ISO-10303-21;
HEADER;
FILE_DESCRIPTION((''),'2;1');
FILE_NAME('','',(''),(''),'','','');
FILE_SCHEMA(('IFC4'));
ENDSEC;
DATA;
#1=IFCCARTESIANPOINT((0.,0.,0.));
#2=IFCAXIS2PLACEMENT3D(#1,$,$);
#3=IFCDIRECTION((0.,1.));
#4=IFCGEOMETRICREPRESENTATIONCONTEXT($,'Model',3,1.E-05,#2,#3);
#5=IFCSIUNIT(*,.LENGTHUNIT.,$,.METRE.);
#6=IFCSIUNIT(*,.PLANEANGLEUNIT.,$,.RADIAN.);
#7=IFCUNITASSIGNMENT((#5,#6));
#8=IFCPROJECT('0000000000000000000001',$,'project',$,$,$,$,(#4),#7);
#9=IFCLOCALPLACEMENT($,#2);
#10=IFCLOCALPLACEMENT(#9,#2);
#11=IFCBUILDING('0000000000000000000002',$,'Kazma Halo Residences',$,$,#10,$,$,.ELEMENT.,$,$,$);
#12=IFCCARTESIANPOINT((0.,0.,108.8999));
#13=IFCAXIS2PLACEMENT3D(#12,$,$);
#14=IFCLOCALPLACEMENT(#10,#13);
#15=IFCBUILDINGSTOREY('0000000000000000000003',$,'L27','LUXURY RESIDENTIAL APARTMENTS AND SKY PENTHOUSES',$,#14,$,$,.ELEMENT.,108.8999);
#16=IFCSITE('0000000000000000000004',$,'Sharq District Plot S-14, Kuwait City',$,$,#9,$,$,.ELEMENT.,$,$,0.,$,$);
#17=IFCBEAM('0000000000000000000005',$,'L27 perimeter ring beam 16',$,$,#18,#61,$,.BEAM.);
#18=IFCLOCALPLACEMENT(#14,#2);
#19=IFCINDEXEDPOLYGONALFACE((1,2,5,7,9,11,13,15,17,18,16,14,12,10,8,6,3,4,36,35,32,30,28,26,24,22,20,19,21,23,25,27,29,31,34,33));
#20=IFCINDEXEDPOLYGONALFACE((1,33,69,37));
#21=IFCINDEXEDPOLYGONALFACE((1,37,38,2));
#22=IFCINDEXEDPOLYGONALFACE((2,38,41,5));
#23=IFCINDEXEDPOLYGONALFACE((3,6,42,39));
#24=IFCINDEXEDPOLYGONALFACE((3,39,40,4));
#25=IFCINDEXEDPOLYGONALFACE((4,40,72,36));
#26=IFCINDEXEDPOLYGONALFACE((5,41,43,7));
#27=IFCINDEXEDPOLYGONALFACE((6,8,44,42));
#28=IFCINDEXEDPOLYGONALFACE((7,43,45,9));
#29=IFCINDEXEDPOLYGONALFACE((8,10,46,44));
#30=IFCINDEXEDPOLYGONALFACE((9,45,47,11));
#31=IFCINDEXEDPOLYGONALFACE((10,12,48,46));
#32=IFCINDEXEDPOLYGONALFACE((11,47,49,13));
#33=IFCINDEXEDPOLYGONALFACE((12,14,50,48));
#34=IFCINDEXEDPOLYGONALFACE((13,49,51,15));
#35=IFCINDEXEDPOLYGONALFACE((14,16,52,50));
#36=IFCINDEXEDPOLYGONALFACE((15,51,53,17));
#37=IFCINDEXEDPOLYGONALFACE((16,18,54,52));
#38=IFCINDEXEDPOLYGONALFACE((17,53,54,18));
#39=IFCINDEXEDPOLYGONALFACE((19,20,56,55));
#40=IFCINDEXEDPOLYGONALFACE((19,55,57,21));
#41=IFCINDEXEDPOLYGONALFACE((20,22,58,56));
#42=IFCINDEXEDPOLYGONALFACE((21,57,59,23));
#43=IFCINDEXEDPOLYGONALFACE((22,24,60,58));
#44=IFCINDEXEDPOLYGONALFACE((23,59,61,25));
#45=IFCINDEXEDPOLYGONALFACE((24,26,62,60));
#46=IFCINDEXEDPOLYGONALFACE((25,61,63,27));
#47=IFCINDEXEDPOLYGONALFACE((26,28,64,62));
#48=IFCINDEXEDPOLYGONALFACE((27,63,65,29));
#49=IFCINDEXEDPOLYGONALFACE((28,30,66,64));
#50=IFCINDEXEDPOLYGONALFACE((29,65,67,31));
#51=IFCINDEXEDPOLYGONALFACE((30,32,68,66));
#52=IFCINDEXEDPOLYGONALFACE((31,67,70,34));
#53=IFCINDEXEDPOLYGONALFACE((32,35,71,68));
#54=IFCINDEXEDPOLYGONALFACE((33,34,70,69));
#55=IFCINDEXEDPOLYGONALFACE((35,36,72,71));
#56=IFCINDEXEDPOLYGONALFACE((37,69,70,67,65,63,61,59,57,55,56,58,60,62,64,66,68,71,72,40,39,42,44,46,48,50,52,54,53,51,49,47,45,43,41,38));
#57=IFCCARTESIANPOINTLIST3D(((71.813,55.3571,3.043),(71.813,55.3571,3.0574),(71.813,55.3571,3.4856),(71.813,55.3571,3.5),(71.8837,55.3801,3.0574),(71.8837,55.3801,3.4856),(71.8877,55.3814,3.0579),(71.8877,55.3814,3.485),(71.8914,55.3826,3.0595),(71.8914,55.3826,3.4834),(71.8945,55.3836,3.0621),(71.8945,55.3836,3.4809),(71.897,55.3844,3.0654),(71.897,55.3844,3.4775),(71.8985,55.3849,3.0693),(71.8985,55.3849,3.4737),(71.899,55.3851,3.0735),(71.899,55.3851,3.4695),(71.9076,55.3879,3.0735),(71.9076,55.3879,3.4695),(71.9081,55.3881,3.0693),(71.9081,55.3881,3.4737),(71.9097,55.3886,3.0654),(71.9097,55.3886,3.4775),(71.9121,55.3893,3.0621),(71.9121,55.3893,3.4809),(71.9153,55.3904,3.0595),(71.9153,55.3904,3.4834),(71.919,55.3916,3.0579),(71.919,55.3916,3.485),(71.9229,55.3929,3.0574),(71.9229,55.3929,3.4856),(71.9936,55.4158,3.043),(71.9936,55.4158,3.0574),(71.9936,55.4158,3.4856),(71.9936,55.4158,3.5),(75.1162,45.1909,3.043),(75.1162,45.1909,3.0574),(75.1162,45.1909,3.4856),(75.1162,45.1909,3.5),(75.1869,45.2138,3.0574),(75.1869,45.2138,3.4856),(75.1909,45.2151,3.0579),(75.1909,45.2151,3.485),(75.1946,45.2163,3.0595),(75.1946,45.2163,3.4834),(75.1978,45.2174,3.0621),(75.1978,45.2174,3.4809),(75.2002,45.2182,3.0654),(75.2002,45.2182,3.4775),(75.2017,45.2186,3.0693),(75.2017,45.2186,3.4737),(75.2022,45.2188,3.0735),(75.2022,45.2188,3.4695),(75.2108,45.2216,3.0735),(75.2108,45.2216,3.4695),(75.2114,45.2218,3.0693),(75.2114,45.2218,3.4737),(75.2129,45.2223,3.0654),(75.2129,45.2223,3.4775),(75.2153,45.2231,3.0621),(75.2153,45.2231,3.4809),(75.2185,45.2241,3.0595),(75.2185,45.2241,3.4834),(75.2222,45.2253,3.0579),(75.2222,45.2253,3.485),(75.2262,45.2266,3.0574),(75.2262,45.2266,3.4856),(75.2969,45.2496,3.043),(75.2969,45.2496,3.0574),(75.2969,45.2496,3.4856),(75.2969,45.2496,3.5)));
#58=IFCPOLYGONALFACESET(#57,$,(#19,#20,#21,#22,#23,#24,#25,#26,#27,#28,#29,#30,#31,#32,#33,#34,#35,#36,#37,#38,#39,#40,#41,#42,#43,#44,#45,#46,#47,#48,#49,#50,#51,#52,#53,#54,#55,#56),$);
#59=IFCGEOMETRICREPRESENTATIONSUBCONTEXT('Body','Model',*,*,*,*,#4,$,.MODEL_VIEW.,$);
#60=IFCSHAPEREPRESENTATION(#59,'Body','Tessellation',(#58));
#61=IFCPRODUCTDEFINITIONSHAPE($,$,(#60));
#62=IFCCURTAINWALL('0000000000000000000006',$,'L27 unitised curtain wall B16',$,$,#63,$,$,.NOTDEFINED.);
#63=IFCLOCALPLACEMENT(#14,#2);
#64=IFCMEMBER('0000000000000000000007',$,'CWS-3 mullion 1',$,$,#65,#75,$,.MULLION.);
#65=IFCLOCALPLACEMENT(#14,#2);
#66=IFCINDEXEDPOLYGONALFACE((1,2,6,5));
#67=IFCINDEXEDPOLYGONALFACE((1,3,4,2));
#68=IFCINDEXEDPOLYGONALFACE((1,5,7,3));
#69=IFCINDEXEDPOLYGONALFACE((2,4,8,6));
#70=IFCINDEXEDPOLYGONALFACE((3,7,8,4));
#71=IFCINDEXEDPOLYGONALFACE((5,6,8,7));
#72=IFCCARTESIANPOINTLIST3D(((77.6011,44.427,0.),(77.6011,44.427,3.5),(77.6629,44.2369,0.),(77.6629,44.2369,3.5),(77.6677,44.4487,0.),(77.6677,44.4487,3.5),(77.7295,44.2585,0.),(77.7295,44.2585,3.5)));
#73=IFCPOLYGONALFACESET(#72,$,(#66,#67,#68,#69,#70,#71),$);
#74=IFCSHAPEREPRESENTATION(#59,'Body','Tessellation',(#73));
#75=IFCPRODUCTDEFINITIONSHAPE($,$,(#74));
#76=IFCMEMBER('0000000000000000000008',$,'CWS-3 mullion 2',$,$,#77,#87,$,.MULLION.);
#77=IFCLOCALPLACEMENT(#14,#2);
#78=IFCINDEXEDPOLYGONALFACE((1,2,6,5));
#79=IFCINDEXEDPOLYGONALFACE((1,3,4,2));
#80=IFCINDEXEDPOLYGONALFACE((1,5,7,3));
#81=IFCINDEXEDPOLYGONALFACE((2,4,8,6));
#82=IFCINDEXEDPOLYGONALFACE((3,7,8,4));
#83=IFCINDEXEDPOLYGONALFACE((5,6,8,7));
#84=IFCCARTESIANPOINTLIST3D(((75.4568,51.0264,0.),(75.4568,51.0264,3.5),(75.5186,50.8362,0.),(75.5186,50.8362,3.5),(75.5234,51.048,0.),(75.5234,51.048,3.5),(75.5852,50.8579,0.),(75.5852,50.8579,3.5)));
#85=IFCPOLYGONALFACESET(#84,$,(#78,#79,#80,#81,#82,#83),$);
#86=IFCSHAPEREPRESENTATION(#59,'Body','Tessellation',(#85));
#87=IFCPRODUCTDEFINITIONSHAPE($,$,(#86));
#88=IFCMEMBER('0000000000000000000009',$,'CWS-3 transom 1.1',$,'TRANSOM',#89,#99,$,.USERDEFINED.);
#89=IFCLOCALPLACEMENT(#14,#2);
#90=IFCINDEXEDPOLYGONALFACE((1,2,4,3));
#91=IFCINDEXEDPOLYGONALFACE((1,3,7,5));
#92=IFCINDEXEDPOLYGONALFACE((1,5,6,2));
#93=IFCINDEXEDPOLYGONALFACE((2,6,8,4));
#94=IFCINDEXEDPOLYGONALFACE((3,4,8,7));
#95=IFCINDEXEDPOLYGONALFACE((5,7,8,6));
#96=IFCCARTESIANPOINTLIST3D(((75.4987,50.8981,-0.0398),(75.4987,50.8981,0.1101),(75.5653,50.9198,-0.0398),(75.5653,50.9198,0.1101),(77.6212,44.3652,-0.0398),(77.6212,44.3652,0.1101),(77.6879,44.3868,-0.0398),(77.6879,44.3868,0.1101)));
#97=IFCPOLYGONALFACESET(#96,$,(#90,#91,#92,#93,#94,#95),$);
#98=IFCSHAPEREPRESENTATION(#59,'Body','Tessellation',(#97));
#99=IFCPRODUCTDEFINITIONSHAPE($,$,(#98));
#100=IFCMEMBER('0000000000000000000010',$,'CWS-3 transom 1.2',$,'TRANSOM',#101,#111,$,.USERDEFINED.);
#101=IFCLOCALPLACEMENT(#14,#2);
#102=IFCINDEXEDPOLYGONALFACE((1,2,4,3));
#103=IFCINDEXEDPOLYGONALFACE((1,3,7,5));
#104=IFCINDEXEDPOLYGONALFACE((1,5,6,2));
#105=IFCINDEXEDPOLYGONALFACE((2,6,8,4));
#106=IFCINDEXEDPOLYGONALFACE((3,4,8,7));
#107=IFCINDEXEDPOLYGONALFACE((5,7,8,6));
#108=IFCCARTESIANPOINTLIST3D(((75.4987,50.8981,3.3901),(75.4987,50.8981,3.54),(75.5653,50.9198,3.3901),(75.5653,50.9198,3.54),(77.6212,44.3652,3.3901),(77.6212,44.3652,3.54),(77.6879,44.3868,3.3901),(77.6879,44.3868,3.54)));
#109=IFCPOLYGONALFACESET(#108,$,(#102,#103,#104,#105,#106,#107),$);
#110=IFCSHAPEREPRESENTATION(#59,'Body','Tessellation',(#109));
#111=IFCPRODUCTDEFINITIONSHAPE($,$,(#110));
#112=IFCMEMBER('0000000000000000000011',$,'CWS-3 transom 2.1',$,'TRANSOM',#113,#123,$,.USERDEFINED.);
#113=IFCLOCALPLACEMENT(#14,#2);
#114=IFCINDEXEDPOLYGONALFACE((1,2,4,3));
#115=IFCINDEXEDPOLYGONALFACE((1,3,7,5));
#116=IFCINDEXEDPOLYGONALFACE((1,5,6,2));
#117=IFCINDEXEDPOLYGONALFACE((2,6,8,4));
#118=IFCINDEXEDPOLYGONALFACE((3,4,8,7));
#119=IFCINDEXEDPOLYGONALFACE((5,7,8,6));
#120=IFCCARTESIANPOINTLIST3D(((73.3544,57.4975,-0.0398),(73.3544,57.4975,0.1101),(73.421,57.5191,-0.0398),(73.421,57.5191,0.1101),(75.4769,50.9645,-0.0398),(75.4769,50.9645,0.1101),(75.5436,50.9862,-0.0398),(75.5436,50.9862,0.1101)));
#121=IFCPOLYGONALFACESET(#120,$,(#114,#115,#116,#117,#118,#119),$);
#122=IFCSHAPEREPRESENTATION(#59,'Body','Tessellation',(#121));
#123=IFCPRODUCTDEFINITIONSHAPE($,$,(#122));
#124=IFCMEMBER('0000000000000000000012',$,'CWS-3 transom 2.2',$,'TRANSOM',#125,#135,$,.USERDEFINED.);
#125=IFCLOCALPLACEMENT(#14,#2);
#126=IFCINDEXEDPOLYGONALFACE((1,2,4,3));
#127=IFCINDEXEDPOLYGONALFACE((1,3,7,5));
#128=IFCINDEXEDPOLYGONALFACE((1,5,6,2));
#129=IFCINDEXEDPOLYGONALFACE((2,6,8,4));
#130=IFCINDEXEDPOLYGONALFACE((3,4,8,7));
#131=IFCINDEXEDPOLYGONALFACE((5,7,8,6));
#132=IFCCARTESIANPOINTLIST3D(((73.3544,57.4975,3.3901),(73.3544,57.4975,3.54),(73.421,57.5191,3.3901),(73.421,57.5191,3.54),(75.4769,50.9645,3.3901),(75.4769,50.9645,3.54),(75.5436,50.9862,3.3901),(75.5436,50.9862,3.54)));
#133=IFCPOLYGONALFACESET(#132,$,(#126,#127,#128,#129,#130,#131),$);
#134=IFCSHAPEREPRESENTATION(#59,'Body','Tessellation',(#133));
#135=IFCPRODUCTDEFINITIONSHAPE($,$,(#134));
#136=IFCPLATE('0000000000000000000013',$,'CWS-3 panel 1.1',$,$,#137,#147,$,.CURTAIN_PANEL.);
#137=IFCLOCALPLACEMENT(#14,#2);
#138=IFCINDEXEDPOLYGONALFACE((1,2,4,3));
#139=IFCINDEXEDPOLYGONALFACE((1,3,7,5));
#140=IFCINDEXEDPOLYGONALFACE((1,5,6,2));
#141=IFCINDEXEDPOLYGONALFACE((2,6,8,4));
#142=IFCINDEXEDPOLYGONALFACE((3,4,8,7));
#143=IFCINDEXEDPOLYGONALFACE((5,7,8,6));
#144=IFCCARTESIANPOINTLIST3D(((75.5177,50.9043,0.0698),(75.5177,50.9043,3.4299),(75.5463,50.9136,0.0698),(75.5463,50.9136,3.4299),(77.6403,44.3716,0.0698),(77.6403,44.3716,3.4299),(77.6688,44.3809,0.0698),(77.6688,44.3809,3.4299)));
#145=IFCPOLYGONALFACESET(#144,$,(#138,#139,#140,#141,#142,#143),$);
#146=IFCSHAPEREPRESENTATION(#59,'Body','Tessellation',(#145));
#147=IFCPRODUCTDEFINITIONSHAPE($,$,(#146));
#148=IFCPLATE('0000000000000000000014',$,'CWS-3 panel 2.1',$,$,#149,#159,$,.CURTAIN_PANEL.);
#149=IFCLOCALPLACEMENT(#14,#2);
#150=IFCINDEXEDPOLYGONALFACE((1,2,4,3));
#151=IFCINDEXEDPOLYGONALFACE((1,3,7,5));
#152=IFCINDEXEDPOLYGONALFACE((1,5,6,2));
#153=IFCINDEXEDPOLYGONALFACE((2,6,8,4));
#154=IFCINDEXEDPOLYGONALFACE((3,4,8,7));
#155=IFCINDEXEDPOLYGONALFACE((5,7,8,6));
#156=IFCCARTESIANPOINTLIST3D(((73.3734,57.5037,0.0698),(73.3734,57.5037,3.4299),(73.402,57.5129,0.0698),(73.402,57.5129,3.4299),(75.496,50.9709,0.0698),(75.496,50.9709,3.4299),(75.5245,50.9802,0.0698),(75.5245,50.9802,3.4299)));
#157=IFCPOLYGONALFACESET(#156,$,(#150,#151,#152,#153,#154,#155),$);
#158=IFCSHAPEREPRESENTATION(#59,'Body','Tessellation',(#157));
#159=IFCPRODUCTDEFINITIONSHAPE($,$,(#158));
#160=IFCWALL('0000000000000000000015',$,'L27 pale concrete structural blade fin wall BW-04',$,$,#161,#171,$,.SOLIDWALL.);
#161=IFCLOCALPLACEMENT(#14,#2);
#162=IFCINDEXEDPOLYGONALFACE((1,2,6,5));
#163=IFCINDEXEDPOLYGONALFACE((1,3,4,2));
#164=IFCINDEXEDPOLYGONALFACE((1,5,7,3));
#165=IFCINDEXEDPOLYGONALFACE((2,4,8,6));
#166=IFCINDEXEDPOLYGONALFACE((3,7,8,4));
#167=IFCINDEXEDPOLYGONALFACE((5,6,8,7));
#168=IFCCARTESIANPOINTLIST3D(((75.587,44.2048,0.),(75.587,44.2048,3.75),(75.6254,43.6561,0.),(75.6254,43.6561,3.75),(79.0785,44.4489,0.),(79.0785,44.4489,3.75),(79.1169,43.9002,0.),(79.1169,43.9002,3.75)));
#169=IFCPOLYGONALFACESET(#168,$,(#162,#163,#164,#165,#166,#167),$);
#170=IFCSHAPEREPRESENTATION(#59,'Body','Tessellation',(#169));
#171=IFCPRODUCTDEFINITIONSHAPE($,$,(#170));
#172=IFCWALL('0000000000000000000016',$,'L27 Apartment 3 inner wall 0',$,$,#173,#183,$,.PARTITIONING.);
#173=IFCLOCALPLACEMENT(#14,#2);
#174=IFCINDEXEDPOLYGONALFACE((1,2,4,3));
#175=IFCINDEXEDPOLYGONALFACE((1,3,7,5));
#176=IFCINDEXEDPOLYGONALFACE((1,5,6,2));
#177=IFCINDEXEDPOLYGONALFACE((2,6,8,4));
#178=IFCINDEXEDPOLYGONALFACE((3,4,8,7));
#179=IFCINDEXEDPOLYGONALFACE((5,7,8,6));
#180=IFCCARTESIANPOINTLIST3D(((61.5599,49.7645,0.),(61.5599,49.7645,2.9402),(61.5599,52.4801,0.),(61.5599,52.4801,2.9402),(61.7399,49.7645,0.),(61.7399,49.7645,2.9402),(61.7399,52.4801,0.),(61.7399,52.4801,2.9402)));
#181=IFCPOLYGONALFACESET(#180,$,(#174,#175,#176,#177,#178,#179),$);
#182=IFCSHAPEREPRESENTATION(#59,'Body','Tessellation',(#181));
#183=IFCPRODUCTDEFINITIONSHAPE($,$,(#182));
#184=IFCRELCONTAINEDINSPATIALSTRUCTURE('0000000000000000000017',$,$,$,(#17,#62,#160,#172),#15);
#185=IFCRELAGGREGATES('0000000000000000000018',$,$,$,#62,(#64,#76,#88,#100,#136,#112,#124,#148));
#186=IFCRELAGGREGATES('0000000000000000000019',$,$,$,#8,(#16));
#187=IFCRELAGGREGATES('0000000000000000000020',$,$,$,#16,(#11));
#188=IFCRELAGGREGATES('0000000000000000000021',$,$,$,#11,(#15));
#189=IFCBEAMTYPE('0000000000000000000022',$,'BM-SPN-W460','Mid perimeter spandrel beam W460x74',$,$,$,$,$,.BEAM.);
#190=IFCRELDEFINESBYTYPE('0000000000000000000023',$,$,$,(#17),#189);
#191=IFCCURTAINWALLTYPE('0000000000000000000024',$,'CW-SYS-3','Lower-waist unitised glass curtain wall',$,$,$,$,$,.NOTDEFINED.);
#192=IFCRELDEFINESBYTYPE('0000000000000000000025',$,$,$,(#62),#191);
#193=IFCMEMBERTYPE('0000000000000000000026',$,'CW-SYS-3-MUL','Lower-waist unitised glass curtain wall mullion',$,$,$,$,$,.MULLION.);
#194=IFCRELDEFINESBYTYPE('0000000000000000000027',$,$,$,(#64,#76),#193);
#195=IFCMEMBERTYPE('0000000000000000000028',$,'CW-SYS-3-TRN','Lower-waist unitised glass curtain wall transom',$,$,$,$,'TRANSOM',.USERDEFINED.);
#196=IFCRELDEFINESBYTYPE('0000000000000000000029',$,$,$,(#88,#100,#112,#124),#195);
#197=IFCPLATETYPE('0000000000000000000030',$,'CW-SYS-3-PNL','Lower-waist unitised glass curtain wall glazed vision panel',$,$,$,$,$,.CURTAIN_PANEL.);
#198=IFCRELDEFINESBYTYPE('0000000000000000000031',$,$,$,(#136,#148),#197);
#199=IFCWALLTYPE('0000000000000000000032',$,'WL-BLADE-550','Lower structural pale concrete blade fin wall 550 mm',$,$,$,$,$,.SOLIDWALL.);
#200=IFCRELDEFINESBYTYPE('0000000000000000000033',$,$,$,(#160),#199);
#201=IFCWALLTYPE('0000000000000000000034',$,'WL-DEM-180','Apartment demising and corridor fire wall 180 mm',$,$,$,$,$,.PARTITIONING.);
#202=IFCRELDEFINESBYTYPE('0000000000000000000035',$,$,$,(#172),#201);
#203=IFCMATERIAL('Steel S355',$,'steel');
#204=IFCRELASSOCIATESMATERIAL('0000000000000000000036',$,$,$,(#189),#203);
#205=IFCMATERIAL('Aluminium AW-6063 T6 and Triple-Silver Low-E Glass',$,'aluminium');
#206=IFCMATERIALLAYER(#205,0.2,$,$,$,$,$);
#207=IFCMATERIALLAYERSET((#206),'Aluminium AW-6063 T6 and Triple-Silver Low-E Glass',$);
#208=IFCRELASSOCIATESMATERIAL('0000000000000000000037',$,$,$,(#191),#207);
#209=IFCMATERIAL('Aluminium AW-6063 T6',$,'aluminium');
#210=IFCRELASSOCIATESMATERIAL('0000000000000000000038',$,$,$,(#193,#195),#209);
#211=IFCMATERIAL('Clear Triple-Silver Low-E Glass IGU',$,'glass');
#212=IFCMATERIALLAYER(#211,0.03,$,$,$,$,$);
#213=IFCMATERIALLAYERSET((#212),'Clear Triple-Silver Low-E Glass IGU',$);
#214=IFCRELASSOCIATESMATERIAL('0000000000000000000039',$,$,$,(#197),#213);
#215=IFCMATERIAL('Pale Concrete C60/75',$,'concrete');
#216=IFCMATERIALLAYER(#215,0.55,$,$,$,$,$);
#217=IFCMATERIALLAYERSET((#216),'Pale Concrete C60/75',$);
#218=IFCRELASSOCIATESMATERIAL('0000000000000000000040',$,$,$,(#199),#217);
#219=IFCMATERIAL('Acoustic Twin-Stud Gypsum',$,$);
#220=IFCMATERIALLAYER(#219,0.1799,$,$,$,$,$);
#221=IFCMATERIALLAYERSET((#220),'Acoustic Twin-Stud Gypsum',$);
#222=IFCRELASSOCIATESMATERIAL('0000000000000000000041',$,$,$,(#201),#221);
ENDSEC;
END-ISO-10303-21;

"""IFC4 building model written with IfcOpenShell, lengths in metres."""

from ifc_helpers import new_model, si_unit, direction, frame, frame_2d, origin, origin_2d, place, context, subcontext, project, spatial, rectangle, i_section, extrude, material, layer, layer_set, material_profile, profile_set, type_object, element, aggregate, save


model = new_model("IFC4")

# Units and contexts
model_context = context("Model", 3, precision=1e-05, world=origin(), true_north=direction((0.0, 1.0)))
body_context = subcontext(model_context, "Body", "Model", "MODEL_VIEW")
ifc_project = project(units=[si_unit("LENGTHUNIT", "METRE"), si_unit("PLANEANGLEUNIT", "RADIAN")], contexts=[model_context])

# Site, building, storey
site_placement = place(None, origin())
site = spatial("IfcSite", under=ifc_project, at=site_placement, Name="Sharq District Plot S-14, Kuwait City", CompositionType="ELEMENT", RefElevation=0.0)
building_placement = place(site_placement, origin())
building = spatial("IfcBuilding", under=site, at=building_placement, Name="Kazma Halo Residences", CompositionType="ELEMENT")
storey_placement = place(building_placement, frame((0.0, 0.0, 108.8999)))
storey = spatial("IfcBuildingStorey", under=building, at=storey_placement, Name="L27", Description="LUXURY RESIDENTIAL APARTMENTS AND SKY PENTHOUSES", CompositionType="ELEMENT", Elevation=108.8999)

# Beam
ifc_material_1 = material(Name="Steel S355", Category="steel")
ifc_material_profile_1 = material_profile(ifc_material_1, i_section(OverallWidth=0.1899, OverallDepth=0.457, WebThickness=0.009, FlangeThickness=0.0144, FilletRadius=0.0161, at=origin_2d()), Name="W460x74")
ifc_profile_set_1 = profile_set([ifc_material_profile_1], Name="Steel S355")
beam_type_1 = type_object("IfcBeamType", Name="BM-SPN-W460", Description="Mid perimeter spandrel beam W460x74", PredefinedType="BEAM", material=ifc_profile_set_1)
beam_1_placement = place(storey_placement, frame((75.2065, 45.2202, 3.2715), z_axis=(-0.309017, 0.951056, 0.0), x_axis=(-0.951056, -0.309017, 0.0)))
element("IfcBeam", 1, at=beam_1_placement, inside=storey, type_object=beam_type_1, Name="L27 perimeter ring beam 16", PredefinedType="BEAM", context=body_context, shape_type="SweptSolid", body=[
    extrude(i_section(OverallWidth=0.1899, OverallDepth=0.457, WebThickness=0.009, FlangeThickness=0.0144, FilletRadius=0.0161, at=origin_2d()), origin(), (0.0, 0.0, 1.0), 10.6895),
])

# Curtain wall, members, plates
ifc_material_2 = material(Name="Aluminium AW-6063 T6 and Triple-Silver Low-E Glass", Category="aluminium")
ifc_layer_1 = layer(ifc_material_2, 0.2)
ifc_layer_set_1 = layer_set([ifc_layer_1], Name="Aluminium AW-6063 T6 and Triple-Silver Low-E Glass")
curtain_wall_type = type_object("IfcCurtainWallType", Name="CW-SYS-3", Description="Lower-waist unitised glass curtain wall", PredefinedType="NOTDEFINED", material=ifc_layer_set_1)
curtain_wall_placement = place(storey_placement, origin())
curtain_wall = element("IfcCurtainWall", 2, at=curtain_wall_placement, inside=storey, type_object=curtain_wall_type, Name="L27 unitised curtain wall B16", PredefinedType="NOTDEFINED")
ifc_material_3 = material(Name="Aluminium AW-6063 T6", Category="aluminium")
ifc_material_profile_2 = material_profile(ifc_material_3, rectangle(XDim=0.0701, YDim=0.2, at=origin_2d()), Name="CWM-70x200")
ifc_profile_set_2 = profile_set([ifc_material_profile_2], Name="Aluminium AW-6063 T6")
member_type_1 = type_object("IfcMemberType", Name="CW-SYS-3-MUL", Description="Lower-waist unitised glass curtain wall mullion", PredefinedType="MULLION", material=ifc_profile_set_2)
member_1_placement = place(storey_placement, frame((77.6653, 44.3428, 0.0), z_axis=(0.0, 0.0, 1.0), x_axis=(-0.951058, -0.309013, 0.0)))
member_1 = element("IfcMember", 3, at=member_1_placement, type_object=member_type_1, Name="CWS-3 mullion 1", PredefinedType="MULLION", context=body_context, shape_type="SweptSolid", body=[
    extrude(rectangle(XDim=0.0701, YDim=0.2, at=origin_2d()), origin(), (0.0, 0.0, 1.0), 3.5),
])
member_2_placement = place(storey_placement, frame((75.521, 50.9421, 0.0), z_axis=(0.0, 0.0, 1.0), x_axis=(-0.951058, -0.309013, 0.0)))
member_2 = element("IfcMember", 4, at=member_2_placement, type_object=member_type_1, Name="CWS-3 mullion 2", PredefinedType="MULLION", context=body_context, shape_type="SweptSolid", body=[
    extrude(rectangle(XDim=0.0701, YDim=0.2, at=origin_2d()), origin(), (0.0, 0.0, 1.0), 3.5),
])
ifc_material_profile_3 = material_profile(ifc_material_3, rectangle(XDim=0.0701, YDim=0.1499, at=origin_2d()), Name="CWT-70x150")
ifc_profile_set_3 = profile_set([ifc_material_profile_3], Name="Aluminium AW-6063 T6")
member_type_2 = type_object("IfcMemberType", Name="CW-SYS-3-TRN", Description="Lower-waist unitised glass curtain wall transom", ElementType="TRANSOM", PredefinedType="USERDEFINED", material=ifc_profile_set_3)
member_3_placement = place(storey_placement, frame((77.6545, 44.376, 0.0352), z_axis=(-0.309, 0.951062, 0.0), x_axis=(-0.951062, -0.309, 0.0)))
member_3 = element("IfcMember", 5, at=member_3_placement, type_object=member_type_2, Name="CWS-3 transom 1.1", ObjectType="TRANSOM", PredefinedType="USERDEFINED", context=body_context, shape_type="SweptSolid", body=[
    extrude(rectangle(XDim=0.0701, YDim=0.1499, at=origin_2d()), origin(), (0.0, 0.0, 1.0), 6.8691),
])
member_4_placement = place(storey_placement, frame((77.6545, 44.376, 3.4651), z_axis=(-0.309, 0.951062, 0.0), x_axis=(-0.951062, -0.309, 0.0)))
member_4 = element("IfcMember", 6, at=member_4_placement, type_object=member_type_2, Name="CWS-3 transom 1.2", ObjectType="TRANSOM", PredefinedType="USERDEFINED", context=body_context, shape_type="SweptSolid", body=[
    extrude(rectangle(XDim=0.0701, YDim=0.1499, at=origin_2d()), origin(), (0.0, 0.0, 1.0), 6.8691),
])
member_5_placement = place(storey_placement, frame((75.5103, 50.9753, 0.0352), z_axis=(-0.309, 0.951062, 0.0), x_axis=(-0.951062, -0.309, 0.0)))
member_5 = element("IfcMember", 7, at=member_5_placement, type_object=member_type_2, Name="CWS-3 transom 2.1", ObjectType="TRANSOM", PredefinedType="USERDEFINED", context=body_context, shape_type="SweptSolid", body=[
    extrude(rectangle(XDim=0.0701, YDim=0.1499, at=origin_2d()), origin(), (0.0, 0.0, 1.0), 6.8691),
])
member_6_placement = place(storey_placement, frame((75.5103, 50.9753, 3.4651), z_axis=(-0.309, 0.951062, 0.0), x_axis=(-0.951062, -0.309, 0.0)))
member_6 = element("IfcMember", 8, at=member_6_placement, type_object=member_type_2, Name="CWS-3 transom 2.2", ObjectType="TRANSOM", PredefinedType="USERDEFINED", context=body_context, shape_type="SweptSolid", body=[
    extrude(rectangle(XDim=0.0701, YDim=0.1499, at=origin_2d()), origin(), (0.0, 0.0, 1.0), 6.8691),
])
ifc_material_4 = material(Name="Clear Triple-Silver Low-E Glass IGU", Category="glass")
ifc_layer_2 = layer(ifc_material_4, 0.03)
ifc_layer_set_2 = layer_set([ifc_layer_2], Name="Clear Triple-Silver Low-E Glass IGU")
plate_type = type_object("IfcPlateType", Name="CW-SYS-3-PNL", Description="Lower-waist unitised glass curtain wall glazed vision panel", PredefinedType="CURTAIN_PANEL", material=ifc_layer_set_2)
plate_1_placement = place(storey_placement, frame((76.5933, 47.6426, 0.0698), z_axis=(0.0, 0.0, 1.0), x_axis=(-0.309013, 0.951058, 0.0)))
plate_1 = element("IfcPlate", 9, at=plate_1_placement, type_object=plate_type, Name="CWS-3 panel 1.1", PredefinedType="CURTAIN_PANEL", context=body_context, shape_type="SweptSolid", body=[
    extrude(rectangle(XDim=6.8689, YDim=0.03, at=origin_2d()), origin(), (0.0, 0.0, 1.0), 3.3601),
])
plate_2_placement = place(storey_placement, frame((74.449, 54.2419, 0.0698), z_axis=(0.0, 0.0, 1.0), x_axis=(-0.309013, 0.951058, 0.0)))
plate_2 = element("IfcPlate", 10, at=plate_2_placement, type_object=plate_type, Name="CWS-3 panel 2.1", PredefinedType="CURTAIN_PANEL", context=body_context, shape_type="SweptSolid", body=[
    extrude(rectangle(XDim=6.8689, YDim=0.03, at=origin_2d()), origin(), (0.0, 0.0, 1.0), 3.3601),
])
aggregate(curtain_wall, [member_1, member_2, member_3, member_4, plate_1, member_5, member_6, plate_2])

# Walls
ifc_material_5 = material(Name="Pale Concrete C60/75", Category="concrete")
ifc_layer_3 = layer(ifc_material_5, 0.55)
ifc_layer_set_3 = layer_set([ifc_layer_3], Name="Pale Concrete C60/75")
wall_type_1 = type_object("IfcWallType", Name="WL-BLADE-550", Description="Lower structural pale concrete blade fin wall 550 mm", PredefinedType="SOLIDWALL", material=ifc_layer_set_3)
wall_1_placement = place(storey_placement, frame((75.6062, 43.9304, 0.0), z_axis=(0.0, 0.0, 1.0), x_axis=(0.997564, 0.069755, 0.0)))
element("IfcWall", 11, at=wall_1_placement, inside=storey, type_object=wall_type_1, Name="L27 pale concrete structural blade fin wall BW-04", PredefinedType="SOLIDWALL", context=body_context, shape_type="SweptSolid", body=[
    extrude(rectangle(XDim=3.5, YDim=0.55, at=frame_2d((1.75, 0.0))), origin(), (0.0, 0.0, 1.0), 3.75),
])
ifc_material_6 = material(Name="Acoustic Twin-Stud Gypsum")
ifc_layer_4 = layer(ifc_material_6, 0.1799)
ifc_layer_set_4 = layer_set([ifc_layer_4], Name="Acoustic Twin-Stud Gypsum")
wall_type_2 = type_object("IfcWallType", Name="WL-DEM-180", Description="Apartment demising and corridor fire wall 180 mm", PredefinedType="PARTITIONING", material=ifc_layer_set_4)
wall_2_placement = place(storey_placement, frame((61.6499, 49.7644, 0.0), z_axis=(0.0, 0.0, 1.0), x_axis=(0.0, 1.0, 0.0)))
element("IfcWall", 12, at=wall_2_placement, inside=storey, type_object=wall_type_2, Name="L27 Apartment 3 inner wall 0", PredefinedType="PARTITIONING", context=body_context, shape_type="SweptSolid", body=[
    extrude(rectangle(XDim=2.7156, YDim=0.1799, at=frame_2d((1.3579, 0.0))), origin(), (0.0, 0.0, 1.0), 2.9402),
])

save(model, "model.ifc")
